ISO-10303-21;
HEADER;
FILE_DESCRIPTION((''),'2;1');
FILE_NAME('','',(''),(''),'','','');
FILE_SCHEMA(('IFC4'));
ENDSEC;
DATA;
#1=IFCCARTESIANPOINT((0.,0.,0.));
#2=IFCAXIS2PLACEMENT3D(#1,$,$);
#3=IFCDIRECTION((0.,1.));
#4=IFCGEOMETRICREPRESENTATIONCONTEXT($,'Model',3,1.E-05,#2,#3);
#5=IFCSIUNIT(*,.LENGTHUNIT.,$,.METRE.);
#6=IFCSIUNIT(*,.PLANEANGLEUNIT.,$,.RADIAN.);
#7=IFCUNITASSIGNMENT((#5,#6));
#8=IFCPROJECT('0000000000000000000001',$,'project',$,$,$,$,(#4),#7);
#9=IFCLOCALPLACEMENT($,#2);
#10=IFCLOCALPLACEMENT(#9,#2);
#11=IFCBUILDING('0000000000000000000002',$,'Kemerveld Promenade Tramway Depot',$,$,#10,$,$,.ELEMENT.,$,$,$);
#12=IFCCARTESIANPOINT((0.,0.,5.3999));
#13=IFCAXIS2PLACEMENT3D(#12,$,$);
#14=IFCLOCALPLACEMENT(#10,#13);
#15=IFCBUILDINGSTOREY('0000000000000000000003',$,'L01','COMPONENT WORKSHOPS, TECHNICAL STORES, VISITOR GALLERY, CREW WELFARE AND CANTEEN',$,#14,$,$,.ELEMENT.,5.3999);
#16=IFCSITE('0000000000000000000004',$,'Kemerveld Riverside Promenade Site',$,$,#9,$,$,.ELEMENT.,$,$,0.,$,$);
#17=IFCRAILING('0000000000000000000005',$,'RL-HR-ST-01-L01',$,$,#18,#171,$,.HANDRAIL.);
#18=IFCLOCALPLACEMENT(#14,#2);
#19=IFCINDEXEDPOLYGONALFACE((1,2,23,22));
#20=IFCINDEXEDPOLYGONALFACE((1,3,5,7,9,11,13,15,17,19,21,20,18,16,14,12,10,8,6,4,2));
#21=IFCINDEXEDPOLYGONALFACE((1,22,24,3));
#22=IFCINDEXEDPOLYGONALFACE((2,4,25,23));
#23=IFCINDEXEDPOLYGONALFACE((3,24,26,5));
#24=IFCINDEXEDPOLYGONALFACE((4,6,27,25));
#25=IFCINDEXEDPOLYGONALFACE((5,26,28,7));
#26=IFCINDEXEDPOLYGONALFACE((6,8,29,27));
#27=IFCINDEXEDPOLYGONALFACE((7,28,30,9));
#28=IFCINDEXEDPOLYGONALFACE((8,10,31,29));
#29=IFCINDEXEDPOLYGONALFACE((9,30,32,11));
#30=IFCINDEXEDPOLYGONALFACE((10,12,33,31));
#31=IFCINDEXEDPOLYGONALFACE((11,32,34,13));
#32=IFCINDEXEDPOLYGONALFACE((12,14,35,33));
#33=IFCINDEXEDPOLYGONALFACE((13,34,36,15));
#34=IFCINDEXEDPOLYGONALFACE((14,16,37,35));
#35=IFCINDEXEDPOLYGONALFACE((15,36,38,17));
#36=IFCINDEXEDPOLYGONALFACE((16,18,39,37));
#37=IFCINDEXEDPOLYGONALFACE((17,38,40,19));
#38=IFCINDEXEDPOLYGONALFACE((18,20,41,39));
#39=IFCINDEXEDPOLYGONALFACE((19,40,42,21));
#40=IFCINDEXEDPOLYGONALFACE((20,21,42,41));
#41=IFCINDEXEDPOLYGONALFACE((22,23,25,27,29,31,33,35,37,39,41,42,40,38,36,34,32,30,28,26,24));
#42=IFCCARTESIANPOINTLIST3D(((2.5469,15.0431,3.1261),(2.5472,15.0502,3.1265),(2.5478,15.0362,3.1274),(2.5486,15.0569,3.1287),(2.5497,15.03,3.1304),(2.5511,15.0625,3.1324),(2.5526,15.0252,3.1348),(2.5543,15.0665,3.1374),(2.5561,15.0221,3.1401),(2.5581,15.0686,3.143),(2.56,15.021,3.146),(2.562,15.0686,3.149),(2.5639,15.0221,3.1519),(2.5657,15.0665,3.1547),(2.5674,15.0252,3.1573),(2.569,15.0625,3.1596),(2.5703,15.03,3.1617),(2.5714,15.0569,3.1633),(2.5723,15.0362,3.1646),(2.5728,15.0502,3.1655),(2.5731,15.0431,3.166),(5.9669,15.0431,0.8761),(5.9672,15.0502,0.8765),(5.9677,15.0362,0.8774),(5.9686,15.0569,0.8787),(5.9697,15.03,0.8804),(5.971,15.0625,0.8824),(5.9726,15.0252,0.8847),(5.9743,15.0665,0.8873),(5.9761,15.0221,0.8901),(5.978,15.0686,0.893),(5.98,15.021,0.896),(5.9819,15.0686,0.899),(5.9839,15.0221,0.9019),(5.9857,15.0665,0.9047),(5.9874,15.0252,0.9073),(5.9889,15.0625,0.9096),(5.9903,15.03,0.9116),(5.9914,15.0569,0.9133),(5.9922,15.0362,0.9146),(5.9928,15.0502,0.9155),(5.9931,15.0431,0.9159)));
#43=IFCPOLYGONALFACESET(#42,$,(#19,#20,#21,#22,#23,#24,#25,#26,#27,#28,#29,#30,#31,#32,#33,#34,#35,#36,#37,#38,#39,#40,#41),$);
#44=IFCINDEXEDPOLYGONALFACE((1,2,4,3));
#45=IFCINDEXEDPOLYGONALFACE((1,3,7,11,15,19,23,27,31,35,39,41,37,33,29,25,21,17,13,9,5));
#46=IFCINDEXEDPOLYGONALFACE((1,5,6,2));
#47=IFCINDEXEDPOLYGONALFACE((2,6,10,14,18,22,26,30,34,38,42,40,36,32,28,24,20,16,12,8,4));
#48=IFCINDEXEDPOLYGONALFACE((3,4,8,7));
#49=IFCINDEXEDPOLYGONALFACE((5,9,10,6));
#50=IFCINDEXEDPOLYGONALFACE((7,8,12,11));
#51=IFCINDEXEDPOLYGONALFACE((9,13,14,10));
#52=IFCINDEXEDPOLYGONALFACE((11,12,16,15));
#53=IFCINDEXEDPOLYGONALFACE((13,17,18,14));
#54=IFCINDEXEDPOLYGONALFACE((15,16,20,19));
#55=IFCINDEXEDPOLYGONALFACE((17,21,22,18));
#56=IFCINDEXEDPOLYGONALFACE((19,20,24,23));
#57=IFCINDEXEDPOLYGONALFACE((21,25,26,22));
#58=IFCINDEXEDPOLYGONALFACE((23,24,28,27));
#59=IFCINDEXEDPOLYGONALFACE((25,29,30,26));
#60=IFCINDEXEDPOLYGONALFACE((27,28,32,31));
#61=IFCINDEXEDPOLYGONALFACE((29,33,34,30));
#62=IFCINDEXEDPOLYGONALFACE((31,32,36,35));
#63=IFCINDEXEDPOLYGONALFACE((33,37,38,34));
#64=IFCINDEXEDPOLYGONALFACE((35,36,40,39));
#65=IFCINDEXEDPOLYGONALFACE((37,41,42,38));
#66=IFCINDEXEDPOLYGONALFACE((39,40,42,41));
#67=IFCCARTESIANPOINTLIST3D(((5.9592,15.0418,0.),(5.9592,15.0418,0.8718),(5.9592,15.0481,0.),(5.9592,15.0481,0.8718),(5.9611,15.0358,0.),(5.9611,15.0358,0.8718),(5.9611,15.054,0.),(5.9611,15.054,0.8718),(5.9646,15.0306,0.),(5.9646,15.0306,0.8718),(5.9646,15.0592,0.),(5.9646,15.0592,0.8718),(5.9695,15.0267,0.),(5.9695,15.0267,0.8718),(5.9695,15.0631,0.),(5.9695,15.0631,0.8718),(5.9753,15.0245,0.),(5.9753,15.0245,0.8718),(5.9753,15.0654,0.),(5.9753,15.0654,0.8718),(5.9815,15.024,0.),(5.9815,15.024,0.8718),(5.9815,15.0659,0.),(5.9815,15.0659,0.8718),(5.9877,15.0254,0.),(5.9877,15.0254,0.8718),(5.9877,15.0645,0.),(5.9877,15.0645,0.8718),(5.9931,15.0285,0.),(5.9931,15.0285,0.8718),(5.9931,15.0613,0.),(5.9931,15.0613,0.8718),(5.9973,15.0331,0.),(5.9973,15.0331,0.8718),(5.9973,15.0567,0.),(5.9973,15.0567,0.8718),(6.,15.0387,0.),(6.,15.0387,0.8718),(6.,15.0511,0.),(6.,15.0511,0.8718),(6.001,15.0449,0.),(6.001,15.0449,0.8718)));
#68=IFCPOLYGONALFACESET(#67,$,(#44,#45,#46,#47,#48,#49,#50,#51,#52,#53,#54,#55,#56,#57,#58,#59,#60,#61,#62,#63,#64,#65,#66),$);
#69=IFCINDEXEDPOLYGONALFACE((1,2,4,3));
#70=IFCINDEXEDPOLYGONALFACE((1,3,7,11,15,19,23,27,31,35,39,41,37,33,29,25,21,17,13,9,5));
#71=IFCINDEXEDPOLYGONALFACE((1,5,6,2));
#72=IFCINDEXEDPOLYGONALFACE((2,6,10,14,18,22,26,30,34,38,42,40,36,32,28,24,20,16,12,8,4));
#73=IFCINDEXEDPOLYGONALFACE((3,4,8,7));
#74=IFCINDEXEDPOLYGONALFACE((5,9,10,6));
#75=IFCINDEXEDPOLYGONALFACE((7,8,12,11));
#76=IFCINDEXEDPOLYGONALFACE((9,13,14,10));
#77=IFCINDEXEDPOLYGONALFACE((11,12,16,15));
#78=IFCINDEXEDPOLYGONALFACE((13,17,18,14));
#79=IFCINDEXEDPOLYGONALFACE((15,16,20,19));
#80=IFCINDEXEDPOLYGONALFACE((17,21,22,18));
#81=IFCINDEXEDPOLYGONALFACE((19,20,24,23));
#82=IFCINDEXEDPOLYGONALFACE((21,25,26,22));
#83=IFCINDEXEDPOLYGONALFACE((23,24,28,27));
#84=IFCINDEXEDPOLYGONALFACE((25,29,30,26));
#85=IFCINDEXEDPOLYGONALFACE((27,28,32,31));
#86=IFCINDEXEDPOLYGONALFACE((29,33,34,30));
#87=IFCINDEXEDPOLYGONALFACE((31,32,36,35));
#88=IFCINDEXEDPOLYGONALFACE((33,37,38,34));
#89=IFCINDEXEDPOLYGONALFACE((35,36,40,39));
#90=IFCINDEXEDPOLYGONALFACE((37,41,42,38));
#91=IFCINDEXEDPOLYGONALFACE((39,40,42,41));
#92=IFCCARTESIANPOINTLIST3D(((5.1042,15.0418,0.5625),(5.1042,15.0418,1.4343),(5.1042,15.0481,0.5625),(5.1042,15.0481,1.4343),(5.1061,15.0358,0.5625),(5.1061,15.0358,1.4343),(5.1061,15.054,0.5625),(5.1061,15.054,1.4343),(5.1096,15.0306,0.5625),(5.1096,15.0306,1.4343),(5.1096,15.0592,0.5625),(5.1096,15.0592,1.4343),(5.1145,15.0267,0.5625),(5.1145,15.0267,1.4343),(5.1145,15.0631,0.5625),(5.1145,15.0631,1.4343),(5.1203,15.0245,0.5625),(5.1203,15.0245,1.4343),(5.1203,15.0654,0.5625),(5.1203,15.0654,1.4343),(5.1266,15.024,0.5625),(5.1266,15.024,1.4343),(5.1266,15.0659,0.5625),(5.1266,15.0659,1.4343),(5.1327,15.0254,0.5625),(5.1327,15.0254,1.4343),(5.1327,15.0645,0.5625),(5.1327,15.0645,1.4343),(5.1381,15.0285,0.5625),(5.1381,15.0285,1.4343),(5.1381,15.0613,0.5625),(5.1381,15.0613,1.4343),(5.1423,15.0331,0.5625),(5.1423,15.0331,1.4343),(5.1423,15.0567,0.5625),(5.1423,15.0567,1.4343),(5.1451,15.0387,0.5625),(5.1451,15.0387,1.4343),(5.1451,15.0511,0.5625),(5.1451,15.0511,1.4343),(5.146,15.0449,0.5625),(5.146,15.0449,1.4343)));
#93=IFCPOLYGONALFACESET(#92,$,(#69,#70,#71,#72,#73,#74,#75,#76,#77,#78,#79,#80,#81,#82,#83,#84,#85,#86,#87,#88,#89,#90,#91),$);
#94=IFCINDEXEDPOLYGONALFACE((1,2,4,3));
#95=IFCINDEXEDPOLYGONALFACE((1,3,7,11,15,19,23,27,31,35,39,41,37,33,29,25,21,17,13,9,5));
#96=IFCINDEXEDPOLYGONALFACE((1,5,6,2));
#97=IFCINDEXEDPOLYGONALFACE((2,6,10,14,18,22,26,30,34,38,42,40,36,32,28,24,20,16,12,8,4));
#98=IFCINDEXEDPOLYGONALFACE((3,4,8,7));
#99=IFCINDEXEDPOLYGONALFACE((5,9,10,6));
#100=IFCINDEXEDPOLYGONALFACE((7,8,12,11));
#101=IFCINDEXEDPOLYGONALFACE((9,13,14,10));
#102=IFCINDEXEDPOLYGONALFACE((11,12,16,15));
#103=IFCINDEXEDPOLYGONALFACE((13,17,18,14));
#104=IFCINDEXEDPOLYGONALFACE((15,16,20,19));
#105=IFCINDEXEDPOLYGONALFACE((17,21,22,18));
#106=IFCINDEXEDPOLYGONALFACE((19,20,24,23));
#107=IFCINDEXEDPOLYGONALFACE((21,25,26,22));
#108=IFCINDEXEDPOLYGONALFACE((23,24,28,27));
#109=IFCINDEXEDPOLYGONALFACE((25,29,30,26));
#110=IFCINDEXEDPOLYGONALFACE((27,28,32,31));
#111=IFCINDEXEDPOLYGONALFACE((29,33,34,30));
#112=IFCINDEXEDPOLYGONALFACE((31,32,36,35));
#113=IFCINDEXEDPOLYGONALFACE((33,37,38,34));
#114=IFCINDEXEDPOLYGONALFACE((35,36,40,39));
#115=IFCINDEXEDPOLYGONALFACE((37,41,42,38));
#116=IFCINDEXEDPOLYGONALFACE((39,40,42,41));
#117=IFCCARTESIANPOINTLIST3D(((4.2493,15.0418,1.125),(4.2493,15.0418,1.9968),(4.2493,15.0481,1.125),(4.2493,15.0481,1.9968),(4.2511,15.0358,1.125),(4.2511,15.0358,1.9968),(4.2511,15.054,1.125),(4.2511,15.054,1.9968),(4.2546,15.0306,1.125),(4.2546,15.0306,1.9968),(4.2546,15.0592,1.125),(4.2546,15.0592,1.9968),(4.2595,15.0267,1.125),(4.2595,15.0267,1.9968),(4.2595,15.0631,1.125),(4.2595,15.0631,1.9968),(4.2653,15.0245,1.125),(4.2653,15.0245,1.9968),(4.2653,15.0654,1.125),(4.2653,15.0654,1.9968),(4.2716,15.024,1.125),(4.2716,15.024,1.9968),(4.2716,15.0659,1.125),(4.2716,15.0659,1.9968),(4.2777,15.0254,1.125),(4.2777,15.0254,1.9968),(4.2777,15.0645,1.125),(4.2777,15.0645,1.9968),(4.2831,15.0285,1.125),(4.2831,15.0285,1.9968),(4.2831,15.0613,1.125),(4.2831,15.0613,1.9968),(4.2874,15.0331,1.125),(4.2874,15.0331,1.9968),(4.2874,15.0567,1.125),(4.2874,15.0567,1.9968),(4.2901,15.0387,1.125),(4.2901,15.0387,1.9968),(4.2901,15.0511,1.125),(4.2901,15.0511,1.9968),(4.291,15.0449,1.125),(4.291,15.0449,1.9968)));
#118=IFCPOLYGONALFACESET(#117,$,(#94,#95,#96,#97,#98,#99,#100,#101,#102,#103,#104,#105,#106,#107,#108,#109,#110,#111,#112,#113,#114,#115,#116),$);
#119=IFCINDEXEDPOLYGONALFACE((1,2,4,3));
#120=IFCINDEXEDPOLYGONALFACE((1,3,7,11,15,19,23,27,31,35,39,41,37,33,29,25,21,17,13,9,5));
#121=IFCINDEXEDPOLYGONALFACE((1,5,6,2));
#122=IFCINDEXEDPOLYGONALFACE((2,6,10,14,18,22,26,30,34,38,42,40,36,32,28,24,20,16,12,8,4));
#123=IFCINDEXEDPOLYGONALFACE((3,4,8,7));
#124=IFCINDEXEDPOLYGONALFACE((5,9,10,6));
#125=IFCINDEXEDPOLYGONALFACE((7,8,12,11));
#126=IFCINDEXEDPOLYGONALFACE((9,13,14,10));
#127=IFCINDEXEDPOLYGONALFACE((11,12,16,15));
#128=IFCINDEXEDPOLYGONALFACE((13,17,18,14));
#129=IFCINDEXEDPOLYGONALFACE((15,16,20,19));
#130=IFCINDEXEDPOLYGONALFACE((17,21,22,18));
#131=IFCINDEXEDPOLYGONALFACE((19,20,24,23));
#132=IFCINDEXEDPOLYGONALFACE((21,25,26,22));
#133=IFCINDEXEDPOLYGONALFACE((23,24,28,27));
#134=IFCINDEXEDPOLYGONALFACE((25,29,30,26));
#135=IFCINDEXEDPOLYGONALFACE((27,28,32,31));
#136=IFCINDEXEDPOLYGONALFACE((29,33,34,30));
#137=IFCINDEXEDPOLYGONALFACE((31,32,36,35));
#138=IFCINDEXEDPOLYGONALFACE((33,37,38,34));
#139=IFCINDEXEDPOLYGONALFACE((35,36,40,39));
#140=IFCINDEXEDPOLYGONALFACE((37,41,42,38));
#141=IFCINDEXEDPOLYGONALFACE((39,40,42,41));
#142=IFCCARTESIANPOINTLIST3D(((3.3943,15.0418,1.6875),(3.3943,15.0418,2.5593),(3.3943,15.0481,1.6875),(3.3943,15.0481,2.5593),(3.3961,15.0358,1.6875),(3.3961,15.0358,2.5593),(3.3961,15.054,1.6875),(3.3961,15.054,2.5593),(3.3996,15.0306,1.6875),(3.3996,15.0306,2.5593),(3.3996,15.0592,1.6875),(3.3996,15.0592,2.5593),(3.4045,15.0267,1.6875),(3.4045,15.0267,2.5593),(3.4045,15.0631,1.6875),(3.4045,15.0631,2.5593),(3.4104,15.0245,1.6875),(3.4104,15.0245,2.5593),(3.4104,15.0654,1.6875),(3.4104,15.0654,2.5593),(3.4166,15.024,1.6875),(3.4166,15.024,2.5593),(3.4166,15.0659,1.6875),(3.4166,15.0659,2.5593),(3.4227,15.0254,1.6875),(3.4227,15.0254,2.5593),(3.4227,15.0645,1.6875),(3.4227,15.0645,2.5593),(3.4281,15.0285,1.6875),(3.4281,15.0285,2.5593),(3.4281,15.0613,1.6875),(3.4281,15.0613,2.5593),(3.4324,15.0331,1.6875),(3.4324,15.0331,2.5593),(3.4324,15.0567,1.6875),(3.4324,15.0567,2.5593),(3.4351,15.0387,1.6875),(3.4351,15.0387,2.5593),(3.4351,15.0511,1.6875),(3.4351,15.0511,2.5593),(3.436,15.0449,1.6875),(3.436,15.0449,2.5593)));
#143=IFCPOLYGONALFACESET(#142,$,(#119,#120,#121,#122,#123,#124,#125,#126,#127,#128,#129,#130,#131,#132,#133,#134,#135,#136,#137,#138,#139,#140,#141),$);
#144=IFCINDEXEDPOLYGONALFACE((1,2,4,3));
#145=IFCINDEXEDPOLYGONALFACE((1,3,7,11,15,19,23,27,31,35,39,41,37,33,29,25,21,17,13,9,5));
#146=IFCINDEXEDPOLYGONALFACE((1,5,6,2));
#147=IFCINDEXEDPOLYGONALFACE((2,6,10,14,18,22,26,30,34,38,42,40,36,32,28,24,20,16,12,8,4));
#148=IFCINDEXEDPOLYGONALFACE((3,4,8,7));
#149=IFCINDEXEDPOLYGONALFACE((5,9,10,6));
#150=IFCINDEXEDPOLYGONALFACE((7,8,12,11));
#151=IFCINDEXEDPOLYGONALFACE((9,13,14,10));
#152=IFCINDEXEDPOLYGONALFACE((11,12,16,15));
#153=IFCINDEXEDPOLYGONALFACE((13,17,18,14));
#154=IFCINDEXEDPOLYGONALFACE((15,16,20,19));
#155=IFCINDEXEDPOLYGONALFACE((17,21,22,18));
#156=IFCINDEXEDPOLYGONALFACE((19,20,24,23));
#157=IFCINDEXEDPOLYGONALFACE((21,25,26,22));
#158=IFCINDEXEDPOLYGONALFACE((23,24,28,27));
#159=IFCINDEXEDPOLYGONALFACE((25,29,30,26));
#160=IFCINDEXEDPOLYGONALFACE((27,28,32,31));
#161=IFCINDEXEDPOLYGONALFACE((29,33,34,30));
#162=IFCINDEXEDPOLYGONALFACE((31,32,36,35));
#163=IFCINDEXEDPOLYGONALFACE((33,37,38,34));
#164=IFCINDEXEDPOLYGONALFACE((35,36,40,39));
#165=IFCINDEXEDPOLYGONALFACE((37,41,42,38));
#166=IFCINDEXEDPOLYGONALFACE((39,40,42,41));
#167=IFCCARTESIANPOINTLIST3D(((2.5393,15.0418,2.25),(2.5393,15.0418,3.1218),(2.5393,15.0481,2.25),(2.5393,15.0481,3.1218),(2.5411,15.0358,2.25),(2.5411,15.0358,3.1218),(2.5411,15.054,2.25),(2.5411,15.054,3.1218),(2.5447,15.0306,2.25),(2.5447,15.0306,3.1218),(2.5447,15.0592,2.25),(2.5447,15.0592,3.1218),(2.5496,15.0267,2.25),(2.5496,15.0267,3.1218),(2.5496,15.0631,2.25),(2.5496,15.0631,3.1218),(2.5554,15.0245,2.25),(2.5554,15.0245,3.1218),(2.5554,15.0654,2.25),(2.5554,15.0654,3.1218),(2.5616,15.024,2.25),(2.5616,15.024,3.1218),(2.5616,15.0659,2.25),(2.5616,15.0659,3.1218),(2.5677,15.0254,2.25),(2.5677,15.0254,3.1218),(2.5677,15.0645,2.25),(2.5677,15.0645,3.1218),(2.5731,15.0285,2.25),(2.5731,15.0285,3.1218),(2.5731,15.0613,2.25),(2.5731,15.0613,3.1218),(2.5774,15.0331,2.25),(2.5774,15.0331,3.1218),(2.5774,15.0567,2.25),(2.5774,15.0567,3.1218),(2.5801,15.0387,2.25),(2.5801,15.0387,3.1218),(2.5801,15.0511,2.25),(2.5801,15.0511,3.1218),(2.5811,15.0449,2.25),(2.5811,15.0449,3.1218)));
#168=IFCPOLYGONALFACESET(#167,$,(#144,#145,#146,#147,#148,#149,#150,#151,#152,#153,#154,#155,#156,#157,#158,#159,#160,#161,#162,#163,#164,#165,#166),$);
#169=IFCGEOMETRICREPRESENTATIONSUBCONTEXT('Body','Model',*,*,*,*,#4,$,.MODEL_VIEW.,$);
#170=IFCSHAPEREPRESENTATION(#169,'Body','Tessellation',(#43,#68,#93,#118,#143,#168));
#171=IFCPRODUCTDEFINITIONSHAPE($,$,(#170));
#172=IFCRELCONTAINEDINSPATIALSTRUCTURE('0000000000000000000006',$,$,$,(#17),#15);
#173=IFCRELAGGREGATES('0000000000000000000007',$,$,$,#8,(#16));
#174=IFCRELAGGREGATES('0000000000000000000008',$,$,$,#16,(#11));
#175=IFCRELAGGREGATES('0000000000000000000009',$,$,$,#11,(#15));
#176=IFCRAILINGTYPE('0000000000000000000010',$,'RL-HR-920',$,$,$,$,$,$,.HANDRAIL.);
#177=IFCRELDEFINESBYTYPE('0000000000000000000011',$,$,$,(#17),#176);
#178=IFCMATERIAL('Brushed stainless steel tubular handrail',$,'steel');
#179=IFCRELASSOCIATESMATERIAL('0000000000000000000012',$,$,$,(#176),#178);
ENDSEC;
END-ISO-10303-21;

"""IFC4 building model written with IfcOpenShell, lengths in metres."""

from ifc_helpers import new_model, si_unit, direction, frame, origin, origin_2d, place, context, subcontext, project, spatial, circle, extrude, material, type_object, element, save


model = new_model("IFC4")

# Units and contexts
model_context = context("Model", 3, precision=1e-05, world=origin(), true_north=direction((0.0, 1.0)))
body_context = subcontext(model_context, "Body", "Model", "MODEL_VIEW")
ifc_project = project(units=[si_unit("LENGTHUNIT", "METRE"), si_unit("PLANEANGLEUNIT", "RADIAN")], contexts=[model_context])

# Site, building, storey
site_placement = place(None, origin())
site = spatial("IfcSite", under=ifc_project, at=site_placement, Name="Kemerveld Riverside Promenade Site", CompositionType="ELEMENT", RefElevation=0.0)
building_placement = place(site_placement, origin())
building = spatial("IfcBuilding", under=site, at=building_placement, Name="Kemerveld Promenade Tramway Depot", CompositionType="ELEMENT")
storey_placement = place(building_placement, frame((0.0, 0.0, 5.3999)))
storey = spatial("IfcBuildingStorey", under=building, at=storey_placement, Name="L01", Description="COMPONENT WORKSHOPS, TECHNICAL STORES, VISITOR GALLERY, CREW WELFARE AND CANTEEN", CompositionType="ELEMENT", Elevation=5.3999)

# Railing
ifc_material_1 = material(Name="Brushed stainless steel tubular handrail", Category="steel")
railing_type_1 = type_object("IfcRailingType", Name="RL-HR-920", PredefinedType="HANDRAIL", material=ifc_material_1)
railing_1_placement = place(storey_placement, frame((5.98, 15.0449, 0.0)))
element("IfcRailing", 1, at=railing_1_placement, inside=storey, type_object=railing_type_1, Name="RL-HR-ST-01-L01", PredefinedType="HANDRAIL", context=body_context, shape_type="SweptSolid", body=[
    extrude(circle(Radius=0.0239, at=origin_2d()), frame((0.0, 0.0, 0.896), z_axis=(-0.835411, 0.0, 0.549625), x_axis=(0.0, -1.0, 0.0)), (0.0, 0.0, 1.0), 4.0938),
    extrude(circle(Radius=0.021, at=origin_2d()), origin(), (0.0, 0.0, 1.0), 0.8718),
    extrude(circle(Radius=0.021, at=origin_2d()), frame((-0.855, 0.0, 0.5625)), (0.0, 0.0, 1.0), 0.8718),
    extrude(circle(Radius=0.021, at=origin_2d()), frame((-1.71, 0.0, 1.125)), (0.0, 0.0, 1.0), 0.8718),
    extrude(circle(Radius=0.021, at=origin_2d()), frame((-2.5649, 0.0, 1.6875)), (0.0, 0.0, 1.0), 0.8718),
    extrude(circle(Radius=0.021, at=origin_2d()), frame((-3.4199, 0.0, 2.25)), (0.0, 0.0, 1.0), 0.8718),
])

save(model, "model.ifc")
